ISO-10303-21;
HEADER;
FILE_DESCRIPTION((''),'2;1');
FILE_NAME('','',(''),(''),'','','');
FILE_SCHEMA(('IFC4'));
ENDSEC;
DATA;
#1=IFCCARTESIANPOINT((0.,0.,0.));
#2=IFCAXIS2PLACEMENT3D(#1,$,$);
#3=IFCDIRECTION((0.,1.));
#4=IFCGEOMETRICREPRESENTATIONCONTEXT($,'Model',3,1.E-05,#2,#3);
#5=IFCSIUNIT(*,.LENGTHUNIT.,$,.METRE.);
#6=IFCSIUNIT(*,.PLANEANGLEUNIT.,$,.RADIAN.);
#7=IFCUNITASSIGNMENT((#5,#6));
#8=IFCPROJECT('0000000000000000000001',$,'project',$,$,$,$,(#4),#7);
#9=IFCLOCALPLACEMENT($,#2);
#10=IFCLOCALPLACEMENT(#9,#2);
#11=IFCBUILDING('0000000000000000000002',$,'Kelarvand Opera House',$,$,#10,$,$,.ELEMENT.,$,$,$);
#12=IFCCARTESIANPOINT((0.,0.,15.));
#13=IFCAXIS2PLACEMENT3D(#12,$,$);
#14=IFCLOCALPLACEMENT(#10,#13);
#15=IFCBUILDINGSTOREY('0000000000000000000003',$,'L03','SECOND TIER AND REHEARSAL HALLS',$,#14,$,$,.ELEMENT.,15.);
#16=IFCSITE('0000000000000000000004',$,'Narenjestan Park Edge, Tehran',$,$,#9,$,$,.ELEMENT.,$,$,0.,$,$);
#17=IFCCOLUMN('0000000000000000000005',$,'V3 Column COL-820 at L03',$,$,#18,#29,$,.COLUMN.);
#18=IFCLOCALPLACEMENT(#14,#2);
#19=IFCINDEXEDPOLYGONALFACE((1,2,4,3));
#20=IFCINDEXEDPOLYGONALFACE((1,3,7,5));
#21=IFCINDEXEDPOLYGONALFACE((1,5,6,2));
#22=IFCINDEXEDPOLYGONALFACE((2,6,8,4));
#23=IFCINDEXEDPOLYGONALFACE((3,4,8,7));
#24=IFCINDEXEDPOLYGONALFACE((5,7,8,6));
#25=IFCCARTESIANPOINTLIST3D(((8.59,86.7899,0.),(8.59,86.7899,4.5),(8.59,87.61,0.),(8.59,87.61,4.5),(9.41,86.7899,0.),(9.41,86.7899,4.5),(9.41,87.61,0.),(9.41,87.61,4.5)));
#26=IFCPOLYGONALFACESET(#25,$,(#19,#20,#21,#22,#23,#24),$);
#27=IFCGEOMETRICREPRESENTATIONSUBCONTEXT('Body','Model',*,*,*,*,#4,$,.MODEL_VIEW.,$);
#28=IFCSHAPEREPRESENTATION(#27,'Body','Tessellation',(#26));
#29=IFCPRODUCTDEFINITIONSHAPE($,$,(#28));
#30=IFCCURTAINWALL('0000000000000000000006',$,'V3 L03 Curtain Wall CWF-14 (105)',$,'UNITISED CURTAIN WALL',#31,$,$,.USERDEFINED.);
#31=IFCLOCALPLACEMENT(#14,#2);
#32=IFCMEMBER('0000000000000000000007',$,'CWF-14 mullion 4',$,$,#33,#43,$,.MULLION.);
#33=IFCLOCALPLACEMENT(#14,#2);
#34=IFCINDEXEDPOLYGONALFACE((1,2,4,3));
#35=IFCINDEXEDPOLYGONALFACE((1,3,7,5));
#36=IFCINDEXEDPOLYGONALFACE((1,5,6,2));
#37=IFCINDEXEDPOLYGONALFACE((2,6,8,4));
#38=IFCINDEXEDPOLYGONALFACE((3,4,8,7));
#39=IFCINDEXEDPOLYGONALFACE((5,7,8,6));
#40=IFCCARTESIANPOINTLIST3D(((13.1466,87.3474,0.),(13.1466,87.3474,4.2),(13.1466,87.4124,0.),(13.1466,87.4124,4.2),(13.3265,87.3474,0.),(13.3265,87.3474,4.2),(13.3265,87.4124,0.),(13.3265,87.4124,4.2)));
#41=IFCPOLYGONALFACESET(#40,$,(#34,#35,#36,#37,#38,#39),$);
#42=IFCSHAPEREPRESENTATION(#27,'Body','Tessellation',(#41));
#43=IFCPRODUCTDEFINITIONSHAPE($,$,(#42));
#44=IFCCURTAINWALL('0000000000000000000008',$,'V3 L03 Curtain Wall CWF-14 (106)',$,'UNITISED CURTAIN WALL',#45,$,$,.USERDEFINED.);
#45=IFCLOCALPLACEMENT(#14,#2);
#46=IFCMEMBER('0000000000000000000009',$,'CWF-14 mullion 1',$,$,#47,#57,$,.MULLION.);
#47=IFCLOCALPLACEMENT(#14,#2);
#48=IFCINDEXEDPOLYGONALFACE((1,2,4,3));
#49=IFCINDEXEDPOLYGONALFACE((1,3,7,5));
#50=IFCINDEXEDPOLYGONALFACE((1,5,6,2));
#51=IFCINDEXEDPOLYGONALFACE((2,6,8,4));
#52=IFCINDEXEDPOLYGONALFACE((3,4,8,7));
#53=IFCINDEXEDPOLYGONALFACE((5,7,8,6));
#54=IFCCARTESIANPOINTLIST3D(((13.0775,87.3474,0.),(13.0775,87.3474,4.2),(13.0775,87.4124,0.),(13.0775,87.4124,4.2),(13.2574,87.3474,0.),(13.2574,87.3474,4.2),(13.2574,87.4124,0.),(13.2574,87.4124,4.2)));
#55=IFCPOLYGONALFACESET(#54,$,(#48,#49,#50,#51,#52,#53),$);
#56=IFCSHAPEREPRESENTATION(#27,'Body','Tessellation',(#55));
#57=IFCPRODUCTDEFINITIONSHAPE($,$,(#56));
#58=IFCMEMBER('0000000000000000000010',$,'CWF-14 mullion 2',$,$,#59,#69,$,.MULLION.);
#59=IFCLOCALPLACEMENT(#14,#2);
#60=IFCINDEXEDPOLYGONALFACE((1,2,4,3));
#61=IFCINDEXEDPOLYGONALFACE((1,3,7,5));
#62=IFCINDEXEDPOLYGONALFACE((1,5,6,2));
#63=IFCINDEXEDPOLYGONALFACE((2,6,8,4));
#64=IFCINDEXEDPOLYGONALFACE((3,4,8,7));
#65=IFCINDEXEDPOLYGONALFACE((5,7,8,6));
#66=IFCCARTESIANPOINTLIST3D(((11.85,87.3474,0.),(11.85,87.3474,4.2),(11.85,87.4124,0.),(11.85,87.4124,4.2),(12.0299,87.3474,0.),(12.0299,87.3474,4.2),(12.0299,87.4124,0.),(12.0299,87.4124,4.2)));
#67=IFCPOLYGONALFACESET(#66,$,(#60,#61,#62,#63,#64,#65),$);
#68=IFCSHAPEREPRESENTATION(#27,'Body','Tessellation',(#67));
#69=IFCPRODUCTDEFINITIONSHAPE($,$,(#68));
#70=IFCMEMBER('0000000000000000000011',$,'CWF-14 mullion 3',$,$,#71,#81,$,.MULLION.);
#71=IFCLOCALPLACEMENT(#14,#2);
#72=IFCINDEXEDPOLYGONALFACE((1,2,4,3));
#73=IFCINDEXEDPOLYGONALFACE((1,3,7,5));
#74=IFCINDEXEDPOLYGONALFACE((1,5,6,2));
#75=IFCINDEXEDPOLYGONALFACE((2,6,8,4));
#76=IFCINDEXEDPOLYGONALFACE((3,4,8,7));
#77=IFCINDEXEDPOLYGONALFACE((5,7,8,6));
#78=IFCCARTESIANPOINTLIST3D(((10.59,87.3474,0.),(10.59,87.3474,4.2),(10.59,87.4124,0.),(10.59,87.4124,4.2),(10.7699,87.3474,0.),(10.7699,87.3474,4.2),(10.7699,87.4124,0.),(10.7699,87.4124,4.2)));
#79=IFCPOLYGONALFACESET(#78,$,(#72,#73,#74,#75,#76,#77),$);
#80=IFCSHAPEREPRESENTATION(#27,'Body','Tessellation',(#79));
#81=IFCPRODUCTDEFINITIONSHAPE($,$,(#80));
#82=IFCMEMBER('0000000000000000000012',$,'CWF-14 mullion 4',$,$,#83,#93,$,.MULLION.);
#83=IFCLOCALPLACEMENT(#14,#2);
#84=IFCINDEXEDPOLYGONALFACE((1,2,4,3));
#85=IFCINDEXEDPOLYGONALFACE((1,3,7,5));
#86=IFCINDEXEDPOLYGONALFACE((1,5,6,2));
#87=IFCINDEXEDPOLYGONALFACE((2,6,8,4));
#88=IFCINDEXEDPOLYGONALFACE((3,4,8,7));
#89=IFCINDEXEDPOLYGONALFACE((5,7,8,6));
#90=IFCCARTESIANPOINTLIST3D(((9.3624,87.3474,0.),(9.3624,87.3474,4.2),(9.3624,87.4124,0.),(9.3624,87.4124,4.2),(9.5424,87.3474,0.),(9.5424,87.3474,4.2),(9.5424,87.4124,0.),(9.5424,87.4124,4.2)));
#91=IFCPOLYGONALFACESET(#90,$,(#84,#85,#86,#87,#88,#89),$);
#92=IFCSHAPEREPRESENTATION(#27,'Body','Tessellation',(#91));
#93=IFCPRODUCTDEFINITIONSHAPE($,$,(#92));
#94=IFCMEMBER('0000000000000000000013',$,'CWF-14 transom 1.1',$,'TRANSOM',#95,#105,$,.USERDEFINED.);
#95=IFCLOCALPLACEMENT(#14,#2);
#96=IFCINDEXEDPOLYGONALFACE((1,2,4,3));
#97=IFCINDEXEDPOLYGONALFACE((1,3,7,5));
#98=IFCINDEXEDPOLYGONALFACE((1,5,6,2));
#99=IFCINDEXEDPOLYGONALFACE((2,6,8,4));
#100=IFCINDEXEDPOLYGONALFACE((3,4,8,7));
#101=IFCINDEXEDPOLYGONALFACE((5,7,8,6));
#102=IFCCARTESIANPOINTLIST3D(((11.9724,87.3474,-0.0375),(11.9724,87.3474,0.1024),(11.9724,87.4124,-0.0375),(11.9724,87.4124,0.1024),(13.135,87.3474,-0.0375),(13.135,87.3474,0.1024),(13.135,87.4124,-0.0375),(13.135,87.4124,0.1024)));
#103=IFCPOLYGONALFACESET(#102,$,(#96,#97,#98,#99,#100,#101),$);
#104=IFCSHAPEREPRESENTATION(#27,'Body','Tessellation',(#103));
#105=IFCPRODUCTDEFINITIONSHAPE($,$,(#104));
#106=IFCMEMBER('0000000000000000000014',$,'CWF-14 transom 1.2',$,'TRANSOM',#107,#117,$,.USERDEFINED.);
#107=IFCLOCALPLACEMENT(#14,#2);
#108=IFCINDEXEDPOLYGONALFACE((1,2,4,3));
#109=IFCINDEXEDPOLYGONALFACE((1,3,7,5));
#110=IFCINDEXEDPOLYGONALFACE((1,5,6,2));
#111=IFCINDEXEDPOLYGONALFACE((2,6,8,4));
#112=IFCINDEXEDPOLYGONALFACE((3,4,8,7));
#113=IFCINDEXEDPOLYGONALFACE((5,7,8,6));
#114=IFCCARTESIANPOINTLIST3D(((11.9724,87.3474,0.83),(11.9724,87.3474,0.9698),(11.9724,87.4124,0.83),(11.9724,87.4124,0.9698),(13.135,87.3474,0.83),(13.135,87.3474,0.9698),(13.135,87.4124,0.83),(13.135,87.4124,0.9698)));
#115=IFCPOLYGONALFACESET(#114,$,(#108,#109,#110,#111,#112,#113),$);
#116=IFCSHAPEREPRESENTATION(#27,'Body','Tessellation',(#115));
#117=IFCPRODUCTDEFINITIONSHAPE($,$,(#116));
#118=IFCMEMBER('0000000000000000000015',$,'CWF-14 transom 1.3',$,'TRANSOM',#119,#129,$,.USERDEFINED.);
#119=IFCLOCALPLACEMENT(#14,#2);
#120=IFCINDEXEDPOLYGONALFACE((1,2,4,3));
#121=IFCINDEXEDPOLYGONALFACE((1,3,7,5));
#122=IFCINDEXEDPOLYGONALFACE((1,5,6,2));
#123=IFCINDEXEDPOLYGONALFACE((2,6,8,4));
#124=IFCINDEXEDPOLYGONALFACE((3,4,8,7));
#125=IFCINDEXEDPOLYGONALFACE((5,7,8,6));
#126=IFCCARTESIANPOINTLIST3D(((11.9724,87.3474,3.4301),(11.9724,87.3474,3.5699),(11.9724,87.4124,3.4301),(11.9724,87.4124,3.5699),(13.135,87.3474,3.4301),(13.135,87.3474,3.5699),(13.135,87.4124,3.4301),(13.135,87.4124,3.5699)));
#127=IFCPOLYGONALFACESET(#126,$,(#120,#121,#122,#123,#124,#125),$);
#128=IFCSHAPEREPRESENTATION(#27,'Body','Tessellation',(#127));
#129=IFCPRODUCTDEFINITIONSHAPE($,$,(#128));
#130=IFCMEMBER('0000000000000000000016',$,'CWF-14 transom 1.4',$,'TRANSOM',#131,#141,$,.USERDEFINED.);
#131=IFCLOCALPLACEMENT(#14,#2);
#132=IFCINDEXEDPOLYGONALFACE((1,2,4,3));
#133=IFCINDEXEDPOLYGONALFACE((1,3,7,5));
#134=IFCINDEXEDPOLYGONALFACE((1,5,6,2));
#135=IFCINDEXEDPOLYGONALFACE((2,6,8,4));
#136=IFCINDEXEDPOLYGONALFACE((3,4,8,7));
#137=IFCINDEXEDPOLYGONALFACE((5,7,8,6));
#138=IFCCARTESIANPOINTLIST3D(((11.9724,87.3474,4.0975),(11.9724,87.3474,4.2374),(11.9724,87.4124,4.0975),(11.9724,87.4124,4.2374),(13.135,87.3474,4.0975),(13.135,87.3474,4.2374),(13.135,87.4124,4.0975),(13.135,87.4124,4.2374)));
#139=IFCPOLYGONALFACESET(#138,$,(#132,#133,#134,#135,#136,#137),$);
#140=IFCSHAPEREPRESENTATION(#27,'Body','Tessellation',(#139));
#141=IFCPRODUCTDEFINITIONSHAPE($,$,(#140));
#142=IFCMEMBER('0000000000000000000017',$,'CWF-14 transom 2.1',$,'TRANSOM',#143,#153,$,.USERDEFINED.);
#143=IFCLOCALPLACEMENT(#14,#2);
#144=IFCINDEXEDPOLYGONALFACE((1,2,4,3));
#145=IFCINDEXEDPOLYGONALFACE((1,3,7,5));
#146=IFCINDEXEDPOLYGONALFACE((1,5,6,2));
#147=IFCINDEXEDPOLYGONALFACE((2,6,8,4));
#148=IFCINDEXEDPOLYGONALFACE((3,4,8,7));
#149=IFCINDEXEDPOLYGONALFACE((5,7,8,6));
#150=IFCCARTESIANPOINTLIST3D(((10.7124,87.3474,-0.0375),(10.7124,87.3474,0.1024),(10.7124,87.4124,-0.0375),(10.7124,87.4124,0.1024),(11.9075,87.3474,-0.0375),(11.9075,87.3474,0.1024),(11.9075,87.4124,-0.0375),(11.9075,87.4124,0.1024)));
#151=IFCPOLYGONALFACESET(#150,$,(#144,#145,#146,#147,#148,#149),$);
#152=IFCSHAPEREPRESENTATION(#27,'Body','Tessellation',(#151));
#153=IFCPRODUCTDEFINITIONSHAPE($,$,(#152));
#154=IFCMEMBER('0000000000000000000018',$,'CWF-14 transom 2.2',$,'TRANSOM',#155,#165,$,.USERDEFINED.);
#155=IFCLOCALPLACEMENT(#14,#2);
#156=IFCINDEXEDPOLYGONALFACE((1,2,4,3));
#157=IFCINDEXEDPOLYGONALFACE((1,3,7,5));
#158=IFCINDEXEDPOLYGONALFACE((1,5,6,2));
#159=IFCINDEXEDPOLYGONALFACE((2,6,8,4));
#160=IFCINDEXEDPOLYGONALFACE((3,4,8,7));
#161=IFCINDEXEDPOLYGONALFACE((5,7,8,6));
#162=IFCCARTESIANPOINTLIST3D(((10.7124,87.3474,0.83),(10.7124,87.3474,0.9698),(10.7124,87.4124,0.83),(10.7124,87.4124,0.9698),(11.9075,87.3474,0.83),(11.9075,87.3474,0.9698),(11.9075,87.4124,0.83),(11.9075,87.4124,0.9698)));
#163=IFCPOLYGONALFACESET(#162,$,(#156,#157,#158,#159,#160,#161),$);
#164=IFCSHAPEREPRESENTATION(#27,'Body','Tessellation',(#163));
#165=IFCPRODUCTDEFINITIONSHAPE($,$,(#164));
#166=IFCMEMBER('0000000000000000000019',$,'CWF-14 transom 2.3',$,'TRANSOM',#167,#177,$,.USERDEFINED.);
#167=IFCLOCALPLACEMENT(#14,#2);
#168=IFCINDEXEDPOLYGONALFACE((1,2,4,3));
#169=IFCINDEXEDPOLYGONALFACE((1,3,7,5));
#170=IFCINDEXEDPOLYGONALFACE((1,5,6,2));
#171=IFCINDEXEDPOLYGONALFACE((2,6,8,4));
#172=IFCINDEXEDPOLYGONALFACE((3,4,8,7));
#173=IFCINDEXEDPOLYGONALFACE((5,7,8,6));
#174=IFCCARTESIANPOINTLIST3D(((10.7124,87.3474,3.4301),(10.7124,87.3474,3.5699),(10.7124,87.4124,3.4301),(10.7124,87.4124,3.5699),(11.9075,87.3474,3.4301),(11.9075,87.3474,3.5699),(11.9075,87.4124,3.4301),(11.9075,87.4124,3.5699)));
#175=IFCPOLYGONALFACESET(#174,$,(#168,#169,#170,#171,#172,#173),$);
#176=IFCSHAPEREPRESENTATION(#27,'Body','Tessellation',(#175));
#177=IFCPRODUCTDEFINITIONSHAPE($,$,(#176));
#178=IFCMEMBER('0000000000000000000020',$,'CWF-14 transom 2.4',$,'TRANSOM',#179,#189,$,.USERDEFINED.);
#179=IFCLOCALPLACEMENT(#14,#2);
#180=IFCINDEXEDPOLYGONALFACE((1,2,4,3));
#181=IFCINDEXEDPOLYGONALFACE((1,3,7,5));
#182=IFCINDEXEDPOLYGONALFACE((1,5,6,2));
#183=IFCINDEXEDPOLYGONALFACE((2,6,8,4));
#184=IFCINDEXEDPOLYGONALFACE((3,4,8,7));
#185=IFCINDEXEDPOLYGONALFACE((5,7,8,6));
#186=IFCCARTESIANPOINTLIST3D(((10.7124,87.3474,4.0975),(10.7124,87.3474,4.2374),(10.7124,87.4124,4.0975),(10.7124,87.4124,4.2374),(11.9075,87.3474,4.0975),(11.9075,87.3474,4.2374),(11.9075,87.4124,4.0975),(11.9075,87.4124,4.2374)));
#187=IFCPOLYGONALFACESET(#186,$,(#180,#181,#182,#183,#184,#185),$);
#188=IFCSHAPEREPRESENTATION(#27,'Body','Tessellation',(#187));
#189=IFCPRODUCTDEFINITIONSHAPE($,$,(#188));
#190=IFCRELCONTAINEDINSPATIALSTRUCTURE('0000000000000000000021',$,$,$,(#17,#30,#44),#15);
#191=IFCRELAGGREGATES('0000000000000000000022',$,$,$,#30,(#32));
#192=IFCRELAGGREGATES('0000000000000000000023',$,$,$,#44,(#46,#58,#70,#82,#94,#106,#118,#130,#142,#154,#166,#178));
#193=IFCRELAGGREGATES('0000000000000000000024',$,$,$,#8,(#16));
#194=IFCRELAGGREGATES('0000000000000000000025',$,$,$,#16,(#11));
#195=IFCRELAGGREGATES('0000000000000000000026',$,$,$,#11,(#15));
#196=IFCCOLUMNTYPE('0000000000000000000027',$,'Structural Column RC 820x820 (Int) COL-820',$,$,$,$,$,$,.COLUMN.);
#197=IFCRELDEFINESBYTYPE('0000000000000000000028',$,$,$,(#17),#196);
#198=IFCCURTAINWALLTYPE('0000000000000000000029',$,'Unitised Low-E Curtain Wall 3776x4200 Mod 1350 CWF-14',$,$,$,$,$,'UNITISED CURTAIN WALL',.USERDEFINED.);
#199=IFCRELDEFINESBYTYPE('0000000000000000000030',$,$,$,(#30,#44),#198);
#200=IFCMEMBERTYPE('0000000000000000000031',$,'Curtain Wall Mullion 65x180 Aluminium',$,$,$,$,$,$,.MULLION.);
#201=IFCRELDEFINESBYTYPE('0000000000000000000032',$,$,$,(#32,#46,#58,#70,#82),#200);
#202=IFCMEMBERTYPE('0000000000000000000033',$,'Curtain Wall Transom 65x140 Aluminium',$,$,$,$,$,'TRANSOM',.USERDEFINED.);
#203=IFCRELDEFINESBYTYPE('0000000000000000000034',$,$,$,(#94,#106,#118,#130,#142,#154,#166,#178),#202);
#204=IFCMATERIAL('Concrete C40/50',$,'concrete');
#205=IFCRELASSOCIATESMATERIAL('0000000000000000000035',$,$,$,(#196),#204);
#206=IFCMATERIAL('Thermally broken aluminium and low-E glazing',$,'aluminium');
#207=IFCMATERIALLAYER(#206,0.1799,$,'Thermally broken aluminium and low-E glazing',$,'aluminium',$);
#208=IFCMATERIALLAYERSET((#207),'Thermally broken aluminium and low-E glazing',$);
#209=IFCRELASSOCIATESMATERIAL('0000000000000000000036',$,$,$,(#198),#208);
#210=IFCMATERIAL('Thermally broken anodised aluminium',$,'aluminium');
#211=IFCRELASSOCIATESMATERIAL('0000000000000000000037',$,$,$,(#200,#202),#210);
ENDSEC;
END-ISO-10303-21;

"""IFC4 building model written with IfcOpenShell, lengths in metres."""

from ifc_helpers import new_model, si_unit, direction, frame, origin, origin_2d, place, context, subcontext, project, spatial, rectangle, extrude, material, layer, layer_set, material_profile, profile_set, type_object, element, aggregate, save


model = new_model("IFC4")

# Units and contexts
model_context = context("Model", 3, precision=1e-05, world=origin(), true_north=direction((0.0, 1.0)))
body_context = subcontext(model_context, "Body", "Model", "MODEL_VIEW")
ifc_project = project(units=[si_unit("LENGTHUNIT", "METRE"), si_unit("PLANEANGLEUNIT", "RADIAN")], contexts=[model_context])

# Site, building, storey
site_placement = place(None, origin())
site = spatial("IfcSite", under=ifc_project, at=site_placement, Name="Narenjestan Park Edge, Tehran", CompositionType="ELEMENT", RefElevation=0.0)
building_placement = place(site_placement, origin())
building = spatial("IfcBuilding", under=site, at=building_placement, Name="Kelarvand Opera House", CompositionType="ELEMENT")
storey_placement = place(building_placement, frame((0.0, 0.0, 15.0)))
storey = spatial("IfcBuildingStorey", under=building, at=storey_placement, Name="L03", Description="SECOND TIER AND REHEARSAL HALLS", CompositionType="ELEMENT", Elevation=15.0)

# Column
ifc_material_1 = material(Name="Concrete C40/50", Category="concrete")
ifc_material_profile_1 = material_profile(ifc_material_1, rectangle(XDim=0.8201, YDim=0.8201, at=origin_2d()), Name="RC 820x820", Category="concrete")
ifc_profile_set_1 = profile_set([ifc_material_profile_1], Name="Concrete C40/50")
column_type = type_object("IfcColumnType", Name="Structural Column RC 820x820 (Int) COL-820", PredefinedType="COLUMN", material=ifc_profile_set_1)
column_placement = place(storey_placement, frame((9.0, 87.2, 0.0), z_axis=(0.0, 0.0, 1.0), x_axis=(1.0, 0.0, 0.0)))
element("IfcColumn", 1, at=column_placement, inside=storey, type_object=column_type, Name="V3 Column COL-820 at L03", PredefinedType="COLUMN", context=body_context, shape_type="SweptSolid", body=[
    extrude(rectangle(XDim=0.8201, YDim=0.8201, at=origin_2d()), origin(), (0.0, 0.0, 1.0), 4.5),
])

# Curtain wall, member
ifc_material_2 = material(Name="Thermally broken aluminium and low-E glazing", Category="aluminium")
ifc_layer_1 = layer(ifc_material_2, 0.1799, Name="Thermally broken aluminium and low-E glazing", Category="aluminium")
ifc_layer_set_1 = layer_set([ifc_layer_1], Name="Thermally broken aluminium and low-E glazing")
curtain_wall_type = type_object("IfcCurtainWallType", Name="Unitised Low-E Curtain Wall 3776x4200 Mod 1350 CWF-14", ElementType="UNITISED CURTAIN WALL", PredefinedType="USERDEFINED", material=ifc_layer_set_1)
curtain_wall_1_placement = place(storey_placement, origin())
curtain_wall_1 = element("IfcCurtainWall", 2, at=curtain_wall_1_placement, inside=storey, type_object=curtain_wall_type, Name="V3 L03 Curtain Wall CWF-14 (105)", ObjectType="UNITISED CURTAIN WALL", PredefinedType="USERDEFINED")
ifc_material_3 = material(Name="Thermally broken anodised aluminium", Category="aluminium")
ifc_material_profile_2 = material_profile(ifc_material_3, rectangle(XDim=0.0649, YDim=0.1799, at=origin_2d()), Name="ALU MULLION 65x180", Category="aluminium")
ifc_profile_set_2 = profile_set([ifc_material_profile_2], Name="Thermally broken anodised aluminium")
member_type_1 = type_object("IfcMemberType", Name="Curtain Wall Mullion 65x180 Aluminium", PredefinedType="MULLION", material=ifc_profile_set_2)
member_1_placement = place(storey_placement, frame((13.2366, 87.3799, 0.0), z_axis=(0.0, 0.0, 1.0), x_axis=(0.0, -1.0, 0.0)))
member_1 = element("IfcMember", 3, at=member_1_placement, type_object=member_type_1, Name="CWF-14 mullion 4", PredefinedType="MULLION", context=body_context, shape_type="SweptSolid", body=[
    extrude(rectangle(XDim=0.0649, YDim=0.1799, at=origin_2d()), origin(), (0.0, 0.0, 1.0), 4.2),
])

# Curtain wall, members
curtain_wall_2_placement = place(storey_placement, origin())
curtain_wall_2 = element("IfcCurtainWall", 4, at=curtain_wall_2_placement, inside=storey, type_object=curtain_wall_type, Name="V3 L03 Curtain Wall CWF-14 (106)", ObjectType="UNITISED CURTAIN WALL", PredefinedType="USERDEFINED")
member_2_placement = place(storey_placement, frame((13.1675, 87.3799, 0.0), z_axis=(0.0, 0.0, 1.0), x_axis=(0.0, -1.0, 0.0)))
member_2 = element("IfcMember", 5, at=member_2_placement, type_object=member_type_1, Name="CWF-14 mullion 1", PredefinedType="MULLION", context=body_context, shape_type="SweptSolid", body=[
    extrude(rectangle(XDim=0.0649, YDim=0.1799, at=origin_2d()), origin(), (0.0, 0.0, 1.0), 4.2),
])
member_3_placement = place(storey_placement, frame((11.9399, 87.3799, 0.0), z_axis=(0.0, 0.0, 1.0), x_axis=(0.0, -1.0, 0.0)))
member_3 = element("IfcMember", 6, at=member_3_placement, type_object=member_type_1, Name="CWF-14 mullion 2", PredefinedType="MULLION", context=body_context, shape_type="SweptSolid", body=[
    extrude(rectangle(XDim=0.0649, YDim=0.1799, at=origin_2d()), origin(), (0.0, 0.0, 1.0), 4.2),
])
member_4_placement = place(storey_placement, frame((10.6799, 87.3799, 0.0), z_axis=(0.0, 0.0, 1.0), x_axis=(0.0, -1.0, 0.0)))
member_4 = element("IfcMember", 7, at=member_4_placement, type_object=member_type_1, Name="CWF-14 mullion 3", PredefinedType="MULLION", context=body_context, shape_type="SweptSolid", body=[
    extrude(rectangle(XDim=0.0649, YDim=0.1799, at=origin_2d()), origin(), (0.0, 0.0, 1.0), 4.2),
])
member_5_placement = place(storey_placement, frame((9.4524, 87.3799, 0.0), z_axis=(0.0, 0.0, 1.0), x_axis=(0.0, -1.0, 0.0)))
member_5 = element("IfcMember", 8, at=member_5_placement, type_object=member_type_1, Name="CWF-14 mullion 4", PredefinedType="MULLION", context=body_context, shape_type="SweptSolid", body=[
    extrude(rectangle(XDim=0.0649, YDim=0.1799, at=origin_2d()), origin(), (0.0, 0.0, 1.0), 4.2),
])
ifc_material_profile_3 = material_profile(ifc_material_3, rectangle(XDim=0.0649, YDim=0.1399, at=origin_2d()), Name="ALU TRANSOM 65x140", Category="aluminium")
ifc_profile_set_3 = profile_set([ifc_material_profile_3], Name="Thermally broken anodised aluminium")
member_type_2 = type_object("IfcMemberType", Name="Curtain Wall Transom 65x140 Aluminium", ElementType="TRANSOM", PredefinedType="USERDEFINED", material=ifc_profile_set_3)
member_6_placement = place(storey_placement, frame((13.135, 87.3799, 0.0325), z_axis=(-1.0, 0.0, 0.0), x_axis=(0.0, -1.0, 0.0)))
member_6 = element("IfcMember", 9, at=member_6_placement, type_object=member_type_2, Name="CWF-14 transom 1.1", ObjectType="TRANSOM", PredefinedType="USERDEFINED", context=body_context, shape_type="SweptSolid", body=[
    extrude(rectangle(XDim=0.0649, YDim=0.1399, at=origin_2d()), origin(), (0.0, 0.0, 1.0), 1.1626),
])
member_7_placement = place(storey_placement, frame((13.135, 87.3799, 0.8999), z_axis=(-1.0, 0.0, 0.0), x_axis=(0.0, -1.0, 0.0)))
member_7 = element("IfcMember", 10, at=member_7_placement, type_object=member_type_2, Name="CWF-14 transom 1.2", ObjectType="TRANSOM", PredefinedType="USERDEFINED", context=body_context, shape_type="SweptSolid", body=[
    extrude(rectangle(XDim=0.0649, YDim=0.1399, at=origin_2d()), origin(), (0.0, 0.0, 1.0), 1.1626),
])
member_8_placement = place(storey_placement, frame((13.135, 87.3799, 3.5), z_axis=(-1.0, 0.0, 0.0), x_axis=(0.0, -1.0, 0.0)))
member_8 = element("IfcMember", 11, at=member_8_placement, type_object=member_type_2, Name="CWF-14 transom 1.3", ObjectType="TRANSOM", PredefinedType="USERDEFINED", context=body_context, shape_type="SweptSolid", body=[
    extrude(rectangle(XDim=0.0649, YDim=0.1399, at=origin_2d()), origin(), (0.0, 0.0, 1.0), 1.1626),
])
member_9_placement = place(storey_placement, frame((13.135, 87.3799, 4.1675), z_axis=(-1.0, 0.0, 0.0), x_axis=(0.0, -1.0, 0.0)))
member_9 = element("IfcMember", 12, at=member_9_placement, type_object=member_type_2, Name="CWF-14 transom 1.4", ObjectType="TRANSOM", PredefinedType="USERDEFINED", context=body_context, shape_type="SweptSolid", body=[
    extrude(rectangle(XDim=0.0649, YDim=0.1399, at=origin_2d()), origin(), (0.0, 0.0, 1.0), 1.1626),
])
member_10_placement = place(storey_placement, frame((11.9075, 87.3799, 0.0325), z_axis=(-1.0, 0.0, 0.0), x_axis=(0.0, -1.0, 0.0)))
member_10 = element("IfcMember", 13, at=member_10_placement, type_object=member_type_2, Name="CWF-14 transom 2.1", ObjectType="TRANSOM", PredefinedType="USERDEFINED", context=body_context, shape_type="SweptSolid", body=[
    extrude(rectangle(XDim=0.0649, YDim=0.1399, at=origin_2d()), origin(), (0.0, 0.0, 1.0), 1.1951),
])
member_11_placement = place(storey_placement, frame((11.9075, 87.3799, 0.8999), z_axis=(-1.0, 0.0, 0.0), x_axis=(0.0, -1.0, 0.0)))
member_11 = element("IfcMember", 14, at=member_11_placement, type_object=member_type_2, Name="CWF-14 transom 2.2", ObjectType="TRANSOM", PredefinedType="USERDEFINED", context=body_context, shape_type="SweptSolid", body=[
    extrude(rectangle(XDim=0.0649, YDim=0.1399, at=origin_2d()), origin(), (0.0, 0.0, 1.0), 1.1951),
])
member_12_placement = place(storey_placement, frame((11.9075, 87.3799, 3.5), z_axis=(-1.0, 0.0, 0.0), x_axis=(0.0, -1.0, 0.0)))
member_12 = element("IfcMember", 15, at=member_12_placement, type_object=member_type_2, Name="CWF-14 transom 2.3", ObjectType="TRANSOM", PredefinedType="USERDEFINED", context=body_context, shape_type="SweptSolid", body=[
    extrude(rectangle(XDim=0.0649, YDim=0.1399, at=origin_2d()), origin(), (0.0, 0.0, 1.0), 1.1951),
])
member_13_placement = place(storey_placement, frame((11.9075, 87.3799, 4.1675), z_axis=(-1.0, 0.0, 0.0), x_axis=(0.0, -1.0, 0.0)))
member_13 = element("IfcMember", 16, at=member_13_placement, type_object=member_type_2, Name="CWF-14 transom 2.4", ObjectType="TRANSOM", PredefinedType="USERDEFINED", context=body_context, shape_type="SweptSolid", body=[
    extrude(rectangle(XDim=0.0649, YDim=0.1399, at=origin_2d()), origin(), (0.0, 0.0, 1.0), 1.1951),
])

aggregate(curtain_wall_1, [member_1])
aggregate(curtain_wall_2, [member_2, member_3, member_4, member_5, member_6, member_7, member_8, member_9, member_10, member_11, member_12, member_13])

save(model, "model.ifc")
